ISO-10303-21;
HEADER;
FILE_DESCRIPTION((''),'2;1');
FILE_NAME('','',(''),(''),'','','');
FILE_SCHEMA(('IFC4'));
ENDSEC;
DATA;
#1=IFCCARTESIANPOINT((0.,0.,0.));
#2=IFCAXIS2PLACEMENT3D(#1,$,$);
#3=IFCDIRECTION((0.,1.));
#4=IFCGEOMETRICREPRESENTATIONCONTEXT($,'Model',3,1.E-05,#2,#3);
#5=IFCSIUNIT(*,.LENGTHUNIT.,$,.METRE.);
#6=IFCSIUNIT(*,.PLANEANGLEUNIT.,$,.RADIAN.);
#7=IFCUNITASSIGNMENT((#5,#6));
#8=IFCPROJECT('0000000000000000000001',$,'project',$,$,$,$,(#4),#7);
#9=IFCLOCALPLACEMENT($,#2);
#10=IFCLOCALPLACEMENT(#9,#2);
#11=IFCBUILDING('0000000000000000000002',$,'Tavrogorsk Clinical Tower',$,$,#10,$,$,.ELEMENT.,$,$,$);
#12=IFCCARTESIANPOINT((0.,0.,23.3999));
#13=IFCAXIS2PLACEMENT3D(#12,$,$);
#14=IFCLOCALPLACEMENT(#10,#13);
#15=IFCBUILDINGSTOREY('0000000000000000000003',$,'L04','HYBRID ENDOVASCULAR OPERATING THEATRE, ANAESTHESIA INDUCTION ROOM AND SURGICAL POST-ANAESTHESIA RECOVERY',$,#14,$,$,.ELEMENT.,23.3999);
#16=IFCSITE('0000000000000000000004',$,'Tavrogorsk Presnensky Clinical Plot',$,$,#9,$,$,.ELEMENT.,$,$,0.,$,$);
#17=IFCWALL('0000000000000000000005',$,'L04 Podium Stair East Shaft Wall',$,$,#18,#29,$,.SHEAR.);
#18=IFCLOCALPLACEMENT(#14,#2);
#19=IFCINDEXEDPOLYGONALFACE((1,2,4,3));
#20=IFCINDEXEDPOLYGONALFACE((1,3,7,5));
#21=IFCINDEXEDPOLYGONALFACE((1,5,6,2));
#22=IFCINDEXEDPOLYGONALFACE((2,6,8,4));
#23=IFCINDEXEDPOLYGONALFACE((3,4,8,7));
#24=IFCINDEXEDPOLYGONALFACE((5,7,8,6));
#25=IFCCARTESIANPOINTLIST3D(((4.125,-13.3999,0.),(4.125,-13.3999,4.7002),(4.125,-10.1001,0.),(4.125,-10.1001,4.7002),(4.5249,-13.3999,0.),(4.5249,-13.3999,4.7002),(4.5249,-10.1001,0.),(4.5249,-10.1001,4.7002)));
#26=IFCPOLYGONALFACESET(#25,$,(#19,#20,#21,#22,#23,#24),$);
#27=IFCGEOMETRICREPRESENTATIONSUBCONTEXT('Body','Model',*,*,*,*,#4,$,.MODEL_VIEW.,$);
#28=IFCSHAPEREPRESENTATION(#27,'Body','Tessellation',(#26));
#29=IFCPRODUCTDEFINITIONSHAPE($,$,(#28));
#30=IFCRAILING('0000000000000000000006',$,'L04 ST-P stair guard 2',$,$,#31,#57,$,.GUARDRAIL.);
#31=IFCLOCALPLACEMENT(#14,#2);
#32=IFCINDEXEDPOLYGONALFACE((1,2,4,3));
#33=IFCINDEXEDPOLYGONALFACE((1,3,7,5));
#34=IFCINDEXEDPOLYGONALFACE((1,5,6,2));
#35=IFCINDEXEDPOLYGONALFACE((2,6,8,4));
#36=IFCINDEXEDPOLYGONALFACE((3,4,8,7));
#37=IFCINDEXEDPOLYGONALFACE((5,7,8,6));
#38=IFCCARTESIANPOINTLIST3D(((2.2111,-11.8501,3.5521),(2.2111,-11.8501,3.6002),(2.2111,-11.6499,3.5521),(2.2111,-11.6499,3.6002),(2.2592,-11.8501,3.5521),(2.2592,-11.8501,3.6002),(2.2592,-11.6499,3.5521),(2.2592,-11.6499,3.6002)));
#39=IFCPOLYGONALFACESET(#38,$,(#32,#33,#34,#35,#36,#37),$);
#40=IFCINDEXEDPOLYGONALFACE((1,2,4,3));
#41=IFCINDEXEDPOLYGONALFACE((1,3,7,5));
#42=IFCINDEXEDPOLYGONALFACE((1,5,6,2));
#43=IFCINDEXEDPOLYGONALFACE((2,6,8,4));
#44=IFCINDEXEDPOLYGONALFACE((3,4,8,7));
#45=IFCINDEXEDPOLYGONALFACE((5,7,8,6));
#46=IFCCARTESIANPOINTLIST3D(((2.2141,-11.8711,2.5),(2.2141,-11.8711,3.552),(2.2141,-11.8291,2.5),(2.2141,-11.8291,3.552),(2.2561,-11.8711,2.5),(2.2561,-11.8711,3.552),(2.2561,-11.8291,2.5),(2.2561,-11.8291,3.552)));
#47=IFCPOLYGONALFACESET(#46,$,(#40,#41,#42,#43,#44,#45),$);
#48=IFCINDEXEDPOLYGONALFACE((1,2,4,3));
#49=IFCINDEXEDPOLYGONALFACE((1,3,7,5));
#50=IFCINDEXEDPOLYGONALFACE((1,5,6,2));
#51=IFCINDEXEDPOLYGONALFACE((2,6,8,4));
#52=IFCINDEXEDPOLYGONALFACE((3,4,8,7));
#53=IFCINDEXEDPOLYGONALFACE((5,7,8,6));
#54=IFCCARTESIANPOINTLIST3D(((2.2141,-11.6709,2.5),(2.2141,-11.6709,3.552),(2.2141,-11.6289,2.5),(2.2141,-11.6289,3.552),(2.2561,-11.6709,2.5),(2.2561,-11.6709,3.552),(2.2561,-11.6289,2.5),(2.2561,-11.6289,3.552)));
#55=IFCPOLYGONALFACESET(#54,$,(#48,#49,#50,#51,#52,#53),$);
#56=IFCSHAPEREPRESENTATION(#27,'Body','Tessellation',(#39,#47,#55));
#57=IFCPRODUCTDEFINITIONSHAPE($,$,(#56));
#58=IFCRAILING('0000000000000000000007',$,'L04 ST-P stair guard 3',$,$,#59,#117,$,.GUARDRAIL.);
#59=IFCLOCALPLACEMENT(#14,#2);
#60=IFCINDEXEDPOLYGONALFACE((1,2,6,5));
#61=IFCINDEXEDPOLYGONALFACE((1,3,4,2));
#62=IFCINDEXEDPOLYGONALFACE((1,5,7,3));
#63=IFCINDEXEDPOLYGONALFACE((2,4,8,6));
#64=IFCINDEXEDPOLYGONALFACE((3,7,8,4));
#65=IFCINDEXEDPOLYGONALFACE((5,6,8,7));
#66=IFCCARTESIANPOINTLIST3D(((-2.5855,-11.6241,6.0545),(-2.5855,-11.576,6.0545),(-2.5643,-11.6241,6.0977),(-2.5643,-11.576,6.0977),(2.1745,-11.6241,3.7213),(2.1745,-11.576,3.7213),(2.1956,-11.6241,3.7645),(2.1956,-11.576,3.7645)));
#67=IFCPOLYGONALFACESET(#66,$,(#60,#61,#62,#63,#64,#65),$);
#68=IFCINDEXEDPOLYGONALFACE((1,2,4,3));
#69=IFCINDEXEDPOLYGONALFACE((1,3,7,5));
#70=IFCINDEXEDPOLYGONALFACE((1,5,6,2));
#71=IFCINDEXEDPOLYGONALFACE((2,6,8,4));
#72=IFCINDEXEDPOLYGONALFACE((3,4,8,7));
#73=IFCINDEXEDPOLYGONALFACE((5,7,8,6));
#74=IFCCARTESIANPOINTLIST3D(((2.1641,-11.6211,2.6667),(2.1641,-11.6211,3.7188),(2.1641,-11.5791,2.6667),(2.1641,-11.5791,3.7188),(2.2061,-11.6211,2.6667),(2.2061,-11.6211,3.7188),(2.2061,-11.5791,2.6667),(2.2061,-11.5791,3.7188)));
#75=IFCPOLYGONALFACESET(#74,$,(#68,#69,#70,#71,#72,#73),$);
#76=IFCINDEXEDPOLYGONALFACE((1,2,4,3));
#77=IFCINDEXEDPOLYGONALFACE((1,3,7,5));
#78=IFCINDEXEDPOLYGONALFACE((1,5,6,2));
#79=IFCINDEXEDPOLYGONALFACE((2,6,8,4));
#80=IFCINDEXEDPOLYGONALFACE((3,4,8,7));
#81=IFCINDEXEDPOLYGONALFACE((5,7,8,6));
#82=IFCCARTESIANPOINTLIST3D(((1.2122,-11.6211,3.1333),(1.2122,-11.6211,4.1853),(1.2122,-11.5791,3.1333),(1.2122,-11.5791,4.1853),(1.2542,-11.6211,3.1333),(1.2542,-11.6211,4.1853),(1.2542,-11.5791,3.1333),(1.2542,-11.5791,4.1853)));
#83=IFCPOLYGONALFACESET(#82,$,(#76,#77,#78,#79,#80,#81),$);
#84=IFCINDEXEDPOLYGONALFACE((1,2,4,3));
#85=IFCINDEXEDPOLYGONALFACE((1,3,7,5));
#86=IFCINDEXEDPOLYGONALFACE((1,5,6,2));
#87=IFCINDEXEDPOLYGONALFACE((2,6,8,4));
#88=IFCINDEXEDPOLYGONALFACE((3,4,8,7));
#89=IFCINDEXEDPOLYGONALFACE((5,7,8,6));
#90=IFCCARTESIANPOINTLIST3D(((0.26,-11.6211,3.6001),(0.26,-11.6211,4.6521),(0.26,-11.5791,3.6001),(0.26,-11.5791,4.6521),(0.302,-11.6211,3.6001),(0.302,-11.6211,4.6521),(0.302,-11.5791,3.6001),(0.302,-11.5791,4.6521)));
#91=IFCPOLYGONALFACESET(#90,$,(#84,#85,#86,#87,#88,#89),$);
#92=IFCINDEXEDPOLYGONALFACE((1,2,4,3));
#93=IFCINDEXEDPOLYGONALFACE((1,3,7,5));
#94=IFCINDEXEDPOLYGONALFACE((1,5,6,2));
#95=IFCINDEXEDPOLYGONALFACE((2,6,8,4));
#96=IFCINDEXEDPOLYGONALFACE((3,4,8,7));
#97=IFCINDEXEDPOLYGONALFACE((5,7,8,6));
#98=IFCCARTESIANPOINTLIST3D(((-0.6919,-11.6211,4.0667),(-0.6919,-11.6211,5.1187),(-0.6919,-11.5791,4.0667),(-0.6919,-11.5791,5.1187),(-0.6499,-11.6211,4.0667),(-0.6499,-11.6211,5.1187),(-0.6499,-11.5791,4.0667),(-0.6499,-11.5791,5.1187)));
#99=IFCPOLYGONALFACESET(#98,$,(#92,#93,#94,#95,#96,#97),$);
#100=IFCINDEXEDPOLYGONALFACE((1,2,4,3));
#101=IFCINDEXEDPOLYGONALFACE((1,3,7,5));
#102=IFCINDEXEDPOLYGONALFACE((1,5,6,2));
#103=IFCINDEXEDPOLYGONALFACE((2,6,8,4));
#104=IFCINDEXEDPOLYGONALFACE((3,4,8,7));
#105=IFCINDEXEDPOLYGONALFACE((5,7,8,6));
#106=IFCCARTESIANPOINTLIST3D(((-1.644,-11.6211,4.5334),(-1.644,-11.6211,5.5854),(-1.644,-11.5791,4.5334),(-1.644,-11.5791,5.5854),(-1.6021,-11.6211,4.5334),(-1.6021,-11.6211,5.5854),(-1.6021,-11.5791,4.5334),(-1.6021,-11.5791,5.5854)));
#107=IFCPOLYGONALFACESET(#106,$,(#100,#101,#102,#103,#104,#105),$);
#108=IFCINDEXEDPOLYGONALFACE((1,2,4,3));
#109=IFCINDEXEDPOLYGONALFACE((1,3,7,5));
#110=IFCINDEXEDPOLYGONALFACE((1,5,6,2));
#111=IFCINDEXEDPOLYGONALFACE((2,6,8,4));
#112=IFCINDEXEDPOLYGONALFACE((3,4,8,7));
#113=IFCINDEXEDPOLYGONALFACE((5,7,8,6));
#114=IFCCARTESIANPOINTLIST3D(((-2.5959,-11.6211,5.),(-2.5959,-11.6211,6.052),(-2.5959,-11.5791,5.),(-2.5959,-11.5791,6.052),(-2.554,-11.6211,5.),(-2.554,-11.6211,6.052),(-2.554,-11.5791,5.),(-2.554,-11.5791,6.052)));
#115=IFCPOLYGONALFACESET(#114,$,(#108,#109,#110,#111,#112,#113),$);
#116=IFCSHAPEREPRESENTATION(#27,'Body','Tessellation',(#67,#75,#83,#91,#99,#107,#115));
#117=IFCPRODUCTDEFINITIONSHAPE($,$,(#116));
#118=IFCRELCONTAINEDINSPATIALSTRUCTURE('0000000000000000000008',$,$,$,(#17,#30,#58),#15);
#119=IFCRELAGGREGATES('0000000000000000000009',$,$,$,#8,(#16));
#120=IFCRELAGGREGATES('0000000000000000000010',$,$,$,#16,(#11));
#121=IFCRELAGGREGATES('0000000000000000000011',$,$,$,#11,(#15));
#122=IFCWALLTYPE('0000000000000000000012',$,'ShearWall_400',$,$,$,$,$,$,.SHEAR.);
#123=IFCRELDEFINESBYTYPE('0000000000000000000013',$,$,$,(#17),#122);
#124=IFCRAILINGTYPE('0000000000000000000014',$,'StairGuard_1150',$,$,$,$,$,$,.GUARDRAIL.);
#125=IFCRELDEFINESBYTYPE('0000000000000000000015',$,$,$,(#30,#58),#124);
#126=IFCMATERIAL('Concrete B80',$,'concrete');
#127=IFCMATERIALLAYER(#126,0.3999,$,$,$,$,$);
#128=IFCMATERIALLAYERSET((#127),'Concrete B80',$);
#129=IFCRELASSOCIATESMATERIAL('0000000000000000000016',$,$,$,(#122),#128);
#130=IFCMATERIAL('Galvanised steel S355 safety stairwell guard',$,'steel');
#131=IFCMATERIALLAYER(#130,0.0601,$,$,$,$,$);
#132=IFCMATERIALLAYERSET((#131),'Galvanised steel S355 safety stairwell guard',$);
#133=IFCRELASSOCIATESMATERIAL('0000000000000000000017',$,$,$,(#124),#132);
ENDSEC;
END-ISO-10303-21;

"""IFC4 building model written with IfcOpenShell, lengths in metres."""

from ifc_helpers import new_model, si_unit, direction, frame, frame_2d, origin, origin_2d, place, context, subcontext, project, spatial, rectangle, extrude, material, layer, layer_set, type_object, element, save


model = new_model("IFC4")

# Units and contexts
model_context = context("Model", 3, precision=1e-05, world=origin(), true_north=direction((0.0, 1.0)))
body_context = subcontext(model_context, "Body", "Model", "MODEL_VIEW")
ifc_project = project(units=[si_unit("LENGTHUNIT", "METRE"), si_unit("PLANEANGLEUNIT", "RADIAN")], contexts=[model_context])

# Site, building, storey
site_placement = place(None, origin())
site = spatial("IfcSite", under=ifc_project, at=site_placement, Name="Tavrogorsk Presnensky Clinical Plot", CompositionType="ELEMENT", RefElevation=0.0)
building_placement = place(site_placement, origin())
building = spatial("IfcBuilding", under=site, at=building_placement, Name="Tavrogorsk Clinical Tower", CompositionType="ELEMENT")
storey_placement = place(building_placement, frame((0.0, 0.0, 23.3999)))
storey = spatial("IfcBuildingStorey", under=building, at=storey_placement, Name="L04", Description="HYBRID ENDOVASCULAR OPERATING THEATRE, ANAESTHESIA INDUCTION ROOM AND SURGICAL POST-ANAESTHESIA RECOVERY", CompositionType="ELEMENT", Elevation=23.3999)

# Wall
ifc_material_1 = material(Name="Concrete B80", Category="concrete")
ifc_layer_1 = layer(ifc_material_1, 0.3999)
ifc_layer_set_1 = layer_set([ifc_layer_1], Name="Concrete B80")
wall_type_1 = type_object("IfcWallType", Name="ShearWall_400", PredefinedType="SHEAR", material=ifc_layer_set_1)
wall_1_placement = place(storey_placement, frame((4.325, -13.3999, 0.0), z_axis=(0.0, 0.0, 1.0), x_axis=(0.0, 1.0, 0.0)))
element("IfcWall", 1, at=wall_1_placement, inside=storey, type_object=wall_type_1, Name="L04 Podium Stair East Shaft Wall", PredefinedType="SHEAR", context=body_context, shape_type="SweptSolid", body=[
    extrude(rectangle(XDim=3.2998, YDim=0.3999, at=frame_2d((1.6499, 0.0))), origin(), (0.0, 0.0, 1.0), 4.7002),
])

# Railings
ifc_material_2 = material(Name="Galvanised steel S355 safety stairwell guard", Category="steel")
ifc_layer_2 = layer(ifc_material_2, 0.0601)
ifc_layer_set_2 = layer_set([ifc_layer_2], Name="Galvanised steel S355 safety stairwell guard")
railing_type = type_object("IfcRailingType", Name="StairGuard_1150", PredefinedType="GUARDRAIL", material=ifc_layer_set_2)
railing_1_placement = place(storey_placement, frame((2.2351, -11.8501, 2.5)))
element("IfcRailing", 2, at=railing_1_placement, inside=storey, type_object=railing_type, Name="L04 ST-P stair guard 2", PredefinedType="GUARDRAIL", context=body_context, shape_type="SweptSolid", body=[
    extrude(rectangle(XDim=0.0481, YDim=0.0481, at=origin_2d()), frame((0.0, 0.0, 1.0762), z_axis=(0.0, 1.0, 0.0), x_axis=(-1.0, 0.0, 0.0)), (0.0, 0.0, 1.0), 0.2002),
    extrude(rectangle(XDim=0.042, YDim=0.042, at=origin_2d()), origin(), (0.0, 0.0, 1.0), 1.052),
    extrude(rectangle(XDim=0.042, YDim=0.042, at=origin_2d()), frame((0.0, 0.2002, 0.0)), (0.0, 0.0, 1.0), 1.052),
])
railing_2_placement = place(storey_placement, frame((2.1851, -11.6001, 2.6667)))
element("IfcRailing", 3, at=railing_2_placement, inside=storey, type_object=railing_type, Name="L04 ST-P stair guard 3", PredefinedType="GUARDRAIL", context=body_context, shape_type="SweptSolid", body=[
    extrude(rectangle(XDim=0.0481, YDim=0.0481, at=origin_2d()), frame((0.0, 0.0, 1.0762), z_axis=(-0.897927, 0.0, 0.440144), x_axis=(0.0, -1.0, 0.0)), (0.0, 0.0, 1.0), 5.301),
    extrude(rectangle(XDim=0.042, YDim=0.042, at=origin_2d()), origin(), (0.0, 0.0, 1.0), 1.052),
    extrude(rectangle(XDim=0.042, YDim=0.042, at=origin_2d()), frame((-0.9519, 0.0, 0.4666)), (0.0, 0.0, 1.0), 1.052),
    extrude(rectangle(XDim=0.042, YDim=0.042, at=origin_2d()), frame((-1.9041, 0.0, 0.9333)), (0.0, 0.0, 1.0), 1.052),
    extrude(rectangle(XDim=0.042, YDim=0.042, at=origin_2d()), frame((-2.856, 0.0, 1.3999)), (0.0, 0.0, 1.0), 1.052),
    extrude(rectangle(XDim=0.042, YDim=0.042, at=origin_2d()), frame((-3.8081, 0.0, 1.8667)), (0.0, 0.0, 1.0), 1.052),
    extrude(rectangle(XDim=0.042, YDim=0.042, at=origin_2d()), frame((-4.76, 0.0, 2.3333)), (0.0, 0.0, 1.0), 1.052),
])

save(model, "model.ifc")
